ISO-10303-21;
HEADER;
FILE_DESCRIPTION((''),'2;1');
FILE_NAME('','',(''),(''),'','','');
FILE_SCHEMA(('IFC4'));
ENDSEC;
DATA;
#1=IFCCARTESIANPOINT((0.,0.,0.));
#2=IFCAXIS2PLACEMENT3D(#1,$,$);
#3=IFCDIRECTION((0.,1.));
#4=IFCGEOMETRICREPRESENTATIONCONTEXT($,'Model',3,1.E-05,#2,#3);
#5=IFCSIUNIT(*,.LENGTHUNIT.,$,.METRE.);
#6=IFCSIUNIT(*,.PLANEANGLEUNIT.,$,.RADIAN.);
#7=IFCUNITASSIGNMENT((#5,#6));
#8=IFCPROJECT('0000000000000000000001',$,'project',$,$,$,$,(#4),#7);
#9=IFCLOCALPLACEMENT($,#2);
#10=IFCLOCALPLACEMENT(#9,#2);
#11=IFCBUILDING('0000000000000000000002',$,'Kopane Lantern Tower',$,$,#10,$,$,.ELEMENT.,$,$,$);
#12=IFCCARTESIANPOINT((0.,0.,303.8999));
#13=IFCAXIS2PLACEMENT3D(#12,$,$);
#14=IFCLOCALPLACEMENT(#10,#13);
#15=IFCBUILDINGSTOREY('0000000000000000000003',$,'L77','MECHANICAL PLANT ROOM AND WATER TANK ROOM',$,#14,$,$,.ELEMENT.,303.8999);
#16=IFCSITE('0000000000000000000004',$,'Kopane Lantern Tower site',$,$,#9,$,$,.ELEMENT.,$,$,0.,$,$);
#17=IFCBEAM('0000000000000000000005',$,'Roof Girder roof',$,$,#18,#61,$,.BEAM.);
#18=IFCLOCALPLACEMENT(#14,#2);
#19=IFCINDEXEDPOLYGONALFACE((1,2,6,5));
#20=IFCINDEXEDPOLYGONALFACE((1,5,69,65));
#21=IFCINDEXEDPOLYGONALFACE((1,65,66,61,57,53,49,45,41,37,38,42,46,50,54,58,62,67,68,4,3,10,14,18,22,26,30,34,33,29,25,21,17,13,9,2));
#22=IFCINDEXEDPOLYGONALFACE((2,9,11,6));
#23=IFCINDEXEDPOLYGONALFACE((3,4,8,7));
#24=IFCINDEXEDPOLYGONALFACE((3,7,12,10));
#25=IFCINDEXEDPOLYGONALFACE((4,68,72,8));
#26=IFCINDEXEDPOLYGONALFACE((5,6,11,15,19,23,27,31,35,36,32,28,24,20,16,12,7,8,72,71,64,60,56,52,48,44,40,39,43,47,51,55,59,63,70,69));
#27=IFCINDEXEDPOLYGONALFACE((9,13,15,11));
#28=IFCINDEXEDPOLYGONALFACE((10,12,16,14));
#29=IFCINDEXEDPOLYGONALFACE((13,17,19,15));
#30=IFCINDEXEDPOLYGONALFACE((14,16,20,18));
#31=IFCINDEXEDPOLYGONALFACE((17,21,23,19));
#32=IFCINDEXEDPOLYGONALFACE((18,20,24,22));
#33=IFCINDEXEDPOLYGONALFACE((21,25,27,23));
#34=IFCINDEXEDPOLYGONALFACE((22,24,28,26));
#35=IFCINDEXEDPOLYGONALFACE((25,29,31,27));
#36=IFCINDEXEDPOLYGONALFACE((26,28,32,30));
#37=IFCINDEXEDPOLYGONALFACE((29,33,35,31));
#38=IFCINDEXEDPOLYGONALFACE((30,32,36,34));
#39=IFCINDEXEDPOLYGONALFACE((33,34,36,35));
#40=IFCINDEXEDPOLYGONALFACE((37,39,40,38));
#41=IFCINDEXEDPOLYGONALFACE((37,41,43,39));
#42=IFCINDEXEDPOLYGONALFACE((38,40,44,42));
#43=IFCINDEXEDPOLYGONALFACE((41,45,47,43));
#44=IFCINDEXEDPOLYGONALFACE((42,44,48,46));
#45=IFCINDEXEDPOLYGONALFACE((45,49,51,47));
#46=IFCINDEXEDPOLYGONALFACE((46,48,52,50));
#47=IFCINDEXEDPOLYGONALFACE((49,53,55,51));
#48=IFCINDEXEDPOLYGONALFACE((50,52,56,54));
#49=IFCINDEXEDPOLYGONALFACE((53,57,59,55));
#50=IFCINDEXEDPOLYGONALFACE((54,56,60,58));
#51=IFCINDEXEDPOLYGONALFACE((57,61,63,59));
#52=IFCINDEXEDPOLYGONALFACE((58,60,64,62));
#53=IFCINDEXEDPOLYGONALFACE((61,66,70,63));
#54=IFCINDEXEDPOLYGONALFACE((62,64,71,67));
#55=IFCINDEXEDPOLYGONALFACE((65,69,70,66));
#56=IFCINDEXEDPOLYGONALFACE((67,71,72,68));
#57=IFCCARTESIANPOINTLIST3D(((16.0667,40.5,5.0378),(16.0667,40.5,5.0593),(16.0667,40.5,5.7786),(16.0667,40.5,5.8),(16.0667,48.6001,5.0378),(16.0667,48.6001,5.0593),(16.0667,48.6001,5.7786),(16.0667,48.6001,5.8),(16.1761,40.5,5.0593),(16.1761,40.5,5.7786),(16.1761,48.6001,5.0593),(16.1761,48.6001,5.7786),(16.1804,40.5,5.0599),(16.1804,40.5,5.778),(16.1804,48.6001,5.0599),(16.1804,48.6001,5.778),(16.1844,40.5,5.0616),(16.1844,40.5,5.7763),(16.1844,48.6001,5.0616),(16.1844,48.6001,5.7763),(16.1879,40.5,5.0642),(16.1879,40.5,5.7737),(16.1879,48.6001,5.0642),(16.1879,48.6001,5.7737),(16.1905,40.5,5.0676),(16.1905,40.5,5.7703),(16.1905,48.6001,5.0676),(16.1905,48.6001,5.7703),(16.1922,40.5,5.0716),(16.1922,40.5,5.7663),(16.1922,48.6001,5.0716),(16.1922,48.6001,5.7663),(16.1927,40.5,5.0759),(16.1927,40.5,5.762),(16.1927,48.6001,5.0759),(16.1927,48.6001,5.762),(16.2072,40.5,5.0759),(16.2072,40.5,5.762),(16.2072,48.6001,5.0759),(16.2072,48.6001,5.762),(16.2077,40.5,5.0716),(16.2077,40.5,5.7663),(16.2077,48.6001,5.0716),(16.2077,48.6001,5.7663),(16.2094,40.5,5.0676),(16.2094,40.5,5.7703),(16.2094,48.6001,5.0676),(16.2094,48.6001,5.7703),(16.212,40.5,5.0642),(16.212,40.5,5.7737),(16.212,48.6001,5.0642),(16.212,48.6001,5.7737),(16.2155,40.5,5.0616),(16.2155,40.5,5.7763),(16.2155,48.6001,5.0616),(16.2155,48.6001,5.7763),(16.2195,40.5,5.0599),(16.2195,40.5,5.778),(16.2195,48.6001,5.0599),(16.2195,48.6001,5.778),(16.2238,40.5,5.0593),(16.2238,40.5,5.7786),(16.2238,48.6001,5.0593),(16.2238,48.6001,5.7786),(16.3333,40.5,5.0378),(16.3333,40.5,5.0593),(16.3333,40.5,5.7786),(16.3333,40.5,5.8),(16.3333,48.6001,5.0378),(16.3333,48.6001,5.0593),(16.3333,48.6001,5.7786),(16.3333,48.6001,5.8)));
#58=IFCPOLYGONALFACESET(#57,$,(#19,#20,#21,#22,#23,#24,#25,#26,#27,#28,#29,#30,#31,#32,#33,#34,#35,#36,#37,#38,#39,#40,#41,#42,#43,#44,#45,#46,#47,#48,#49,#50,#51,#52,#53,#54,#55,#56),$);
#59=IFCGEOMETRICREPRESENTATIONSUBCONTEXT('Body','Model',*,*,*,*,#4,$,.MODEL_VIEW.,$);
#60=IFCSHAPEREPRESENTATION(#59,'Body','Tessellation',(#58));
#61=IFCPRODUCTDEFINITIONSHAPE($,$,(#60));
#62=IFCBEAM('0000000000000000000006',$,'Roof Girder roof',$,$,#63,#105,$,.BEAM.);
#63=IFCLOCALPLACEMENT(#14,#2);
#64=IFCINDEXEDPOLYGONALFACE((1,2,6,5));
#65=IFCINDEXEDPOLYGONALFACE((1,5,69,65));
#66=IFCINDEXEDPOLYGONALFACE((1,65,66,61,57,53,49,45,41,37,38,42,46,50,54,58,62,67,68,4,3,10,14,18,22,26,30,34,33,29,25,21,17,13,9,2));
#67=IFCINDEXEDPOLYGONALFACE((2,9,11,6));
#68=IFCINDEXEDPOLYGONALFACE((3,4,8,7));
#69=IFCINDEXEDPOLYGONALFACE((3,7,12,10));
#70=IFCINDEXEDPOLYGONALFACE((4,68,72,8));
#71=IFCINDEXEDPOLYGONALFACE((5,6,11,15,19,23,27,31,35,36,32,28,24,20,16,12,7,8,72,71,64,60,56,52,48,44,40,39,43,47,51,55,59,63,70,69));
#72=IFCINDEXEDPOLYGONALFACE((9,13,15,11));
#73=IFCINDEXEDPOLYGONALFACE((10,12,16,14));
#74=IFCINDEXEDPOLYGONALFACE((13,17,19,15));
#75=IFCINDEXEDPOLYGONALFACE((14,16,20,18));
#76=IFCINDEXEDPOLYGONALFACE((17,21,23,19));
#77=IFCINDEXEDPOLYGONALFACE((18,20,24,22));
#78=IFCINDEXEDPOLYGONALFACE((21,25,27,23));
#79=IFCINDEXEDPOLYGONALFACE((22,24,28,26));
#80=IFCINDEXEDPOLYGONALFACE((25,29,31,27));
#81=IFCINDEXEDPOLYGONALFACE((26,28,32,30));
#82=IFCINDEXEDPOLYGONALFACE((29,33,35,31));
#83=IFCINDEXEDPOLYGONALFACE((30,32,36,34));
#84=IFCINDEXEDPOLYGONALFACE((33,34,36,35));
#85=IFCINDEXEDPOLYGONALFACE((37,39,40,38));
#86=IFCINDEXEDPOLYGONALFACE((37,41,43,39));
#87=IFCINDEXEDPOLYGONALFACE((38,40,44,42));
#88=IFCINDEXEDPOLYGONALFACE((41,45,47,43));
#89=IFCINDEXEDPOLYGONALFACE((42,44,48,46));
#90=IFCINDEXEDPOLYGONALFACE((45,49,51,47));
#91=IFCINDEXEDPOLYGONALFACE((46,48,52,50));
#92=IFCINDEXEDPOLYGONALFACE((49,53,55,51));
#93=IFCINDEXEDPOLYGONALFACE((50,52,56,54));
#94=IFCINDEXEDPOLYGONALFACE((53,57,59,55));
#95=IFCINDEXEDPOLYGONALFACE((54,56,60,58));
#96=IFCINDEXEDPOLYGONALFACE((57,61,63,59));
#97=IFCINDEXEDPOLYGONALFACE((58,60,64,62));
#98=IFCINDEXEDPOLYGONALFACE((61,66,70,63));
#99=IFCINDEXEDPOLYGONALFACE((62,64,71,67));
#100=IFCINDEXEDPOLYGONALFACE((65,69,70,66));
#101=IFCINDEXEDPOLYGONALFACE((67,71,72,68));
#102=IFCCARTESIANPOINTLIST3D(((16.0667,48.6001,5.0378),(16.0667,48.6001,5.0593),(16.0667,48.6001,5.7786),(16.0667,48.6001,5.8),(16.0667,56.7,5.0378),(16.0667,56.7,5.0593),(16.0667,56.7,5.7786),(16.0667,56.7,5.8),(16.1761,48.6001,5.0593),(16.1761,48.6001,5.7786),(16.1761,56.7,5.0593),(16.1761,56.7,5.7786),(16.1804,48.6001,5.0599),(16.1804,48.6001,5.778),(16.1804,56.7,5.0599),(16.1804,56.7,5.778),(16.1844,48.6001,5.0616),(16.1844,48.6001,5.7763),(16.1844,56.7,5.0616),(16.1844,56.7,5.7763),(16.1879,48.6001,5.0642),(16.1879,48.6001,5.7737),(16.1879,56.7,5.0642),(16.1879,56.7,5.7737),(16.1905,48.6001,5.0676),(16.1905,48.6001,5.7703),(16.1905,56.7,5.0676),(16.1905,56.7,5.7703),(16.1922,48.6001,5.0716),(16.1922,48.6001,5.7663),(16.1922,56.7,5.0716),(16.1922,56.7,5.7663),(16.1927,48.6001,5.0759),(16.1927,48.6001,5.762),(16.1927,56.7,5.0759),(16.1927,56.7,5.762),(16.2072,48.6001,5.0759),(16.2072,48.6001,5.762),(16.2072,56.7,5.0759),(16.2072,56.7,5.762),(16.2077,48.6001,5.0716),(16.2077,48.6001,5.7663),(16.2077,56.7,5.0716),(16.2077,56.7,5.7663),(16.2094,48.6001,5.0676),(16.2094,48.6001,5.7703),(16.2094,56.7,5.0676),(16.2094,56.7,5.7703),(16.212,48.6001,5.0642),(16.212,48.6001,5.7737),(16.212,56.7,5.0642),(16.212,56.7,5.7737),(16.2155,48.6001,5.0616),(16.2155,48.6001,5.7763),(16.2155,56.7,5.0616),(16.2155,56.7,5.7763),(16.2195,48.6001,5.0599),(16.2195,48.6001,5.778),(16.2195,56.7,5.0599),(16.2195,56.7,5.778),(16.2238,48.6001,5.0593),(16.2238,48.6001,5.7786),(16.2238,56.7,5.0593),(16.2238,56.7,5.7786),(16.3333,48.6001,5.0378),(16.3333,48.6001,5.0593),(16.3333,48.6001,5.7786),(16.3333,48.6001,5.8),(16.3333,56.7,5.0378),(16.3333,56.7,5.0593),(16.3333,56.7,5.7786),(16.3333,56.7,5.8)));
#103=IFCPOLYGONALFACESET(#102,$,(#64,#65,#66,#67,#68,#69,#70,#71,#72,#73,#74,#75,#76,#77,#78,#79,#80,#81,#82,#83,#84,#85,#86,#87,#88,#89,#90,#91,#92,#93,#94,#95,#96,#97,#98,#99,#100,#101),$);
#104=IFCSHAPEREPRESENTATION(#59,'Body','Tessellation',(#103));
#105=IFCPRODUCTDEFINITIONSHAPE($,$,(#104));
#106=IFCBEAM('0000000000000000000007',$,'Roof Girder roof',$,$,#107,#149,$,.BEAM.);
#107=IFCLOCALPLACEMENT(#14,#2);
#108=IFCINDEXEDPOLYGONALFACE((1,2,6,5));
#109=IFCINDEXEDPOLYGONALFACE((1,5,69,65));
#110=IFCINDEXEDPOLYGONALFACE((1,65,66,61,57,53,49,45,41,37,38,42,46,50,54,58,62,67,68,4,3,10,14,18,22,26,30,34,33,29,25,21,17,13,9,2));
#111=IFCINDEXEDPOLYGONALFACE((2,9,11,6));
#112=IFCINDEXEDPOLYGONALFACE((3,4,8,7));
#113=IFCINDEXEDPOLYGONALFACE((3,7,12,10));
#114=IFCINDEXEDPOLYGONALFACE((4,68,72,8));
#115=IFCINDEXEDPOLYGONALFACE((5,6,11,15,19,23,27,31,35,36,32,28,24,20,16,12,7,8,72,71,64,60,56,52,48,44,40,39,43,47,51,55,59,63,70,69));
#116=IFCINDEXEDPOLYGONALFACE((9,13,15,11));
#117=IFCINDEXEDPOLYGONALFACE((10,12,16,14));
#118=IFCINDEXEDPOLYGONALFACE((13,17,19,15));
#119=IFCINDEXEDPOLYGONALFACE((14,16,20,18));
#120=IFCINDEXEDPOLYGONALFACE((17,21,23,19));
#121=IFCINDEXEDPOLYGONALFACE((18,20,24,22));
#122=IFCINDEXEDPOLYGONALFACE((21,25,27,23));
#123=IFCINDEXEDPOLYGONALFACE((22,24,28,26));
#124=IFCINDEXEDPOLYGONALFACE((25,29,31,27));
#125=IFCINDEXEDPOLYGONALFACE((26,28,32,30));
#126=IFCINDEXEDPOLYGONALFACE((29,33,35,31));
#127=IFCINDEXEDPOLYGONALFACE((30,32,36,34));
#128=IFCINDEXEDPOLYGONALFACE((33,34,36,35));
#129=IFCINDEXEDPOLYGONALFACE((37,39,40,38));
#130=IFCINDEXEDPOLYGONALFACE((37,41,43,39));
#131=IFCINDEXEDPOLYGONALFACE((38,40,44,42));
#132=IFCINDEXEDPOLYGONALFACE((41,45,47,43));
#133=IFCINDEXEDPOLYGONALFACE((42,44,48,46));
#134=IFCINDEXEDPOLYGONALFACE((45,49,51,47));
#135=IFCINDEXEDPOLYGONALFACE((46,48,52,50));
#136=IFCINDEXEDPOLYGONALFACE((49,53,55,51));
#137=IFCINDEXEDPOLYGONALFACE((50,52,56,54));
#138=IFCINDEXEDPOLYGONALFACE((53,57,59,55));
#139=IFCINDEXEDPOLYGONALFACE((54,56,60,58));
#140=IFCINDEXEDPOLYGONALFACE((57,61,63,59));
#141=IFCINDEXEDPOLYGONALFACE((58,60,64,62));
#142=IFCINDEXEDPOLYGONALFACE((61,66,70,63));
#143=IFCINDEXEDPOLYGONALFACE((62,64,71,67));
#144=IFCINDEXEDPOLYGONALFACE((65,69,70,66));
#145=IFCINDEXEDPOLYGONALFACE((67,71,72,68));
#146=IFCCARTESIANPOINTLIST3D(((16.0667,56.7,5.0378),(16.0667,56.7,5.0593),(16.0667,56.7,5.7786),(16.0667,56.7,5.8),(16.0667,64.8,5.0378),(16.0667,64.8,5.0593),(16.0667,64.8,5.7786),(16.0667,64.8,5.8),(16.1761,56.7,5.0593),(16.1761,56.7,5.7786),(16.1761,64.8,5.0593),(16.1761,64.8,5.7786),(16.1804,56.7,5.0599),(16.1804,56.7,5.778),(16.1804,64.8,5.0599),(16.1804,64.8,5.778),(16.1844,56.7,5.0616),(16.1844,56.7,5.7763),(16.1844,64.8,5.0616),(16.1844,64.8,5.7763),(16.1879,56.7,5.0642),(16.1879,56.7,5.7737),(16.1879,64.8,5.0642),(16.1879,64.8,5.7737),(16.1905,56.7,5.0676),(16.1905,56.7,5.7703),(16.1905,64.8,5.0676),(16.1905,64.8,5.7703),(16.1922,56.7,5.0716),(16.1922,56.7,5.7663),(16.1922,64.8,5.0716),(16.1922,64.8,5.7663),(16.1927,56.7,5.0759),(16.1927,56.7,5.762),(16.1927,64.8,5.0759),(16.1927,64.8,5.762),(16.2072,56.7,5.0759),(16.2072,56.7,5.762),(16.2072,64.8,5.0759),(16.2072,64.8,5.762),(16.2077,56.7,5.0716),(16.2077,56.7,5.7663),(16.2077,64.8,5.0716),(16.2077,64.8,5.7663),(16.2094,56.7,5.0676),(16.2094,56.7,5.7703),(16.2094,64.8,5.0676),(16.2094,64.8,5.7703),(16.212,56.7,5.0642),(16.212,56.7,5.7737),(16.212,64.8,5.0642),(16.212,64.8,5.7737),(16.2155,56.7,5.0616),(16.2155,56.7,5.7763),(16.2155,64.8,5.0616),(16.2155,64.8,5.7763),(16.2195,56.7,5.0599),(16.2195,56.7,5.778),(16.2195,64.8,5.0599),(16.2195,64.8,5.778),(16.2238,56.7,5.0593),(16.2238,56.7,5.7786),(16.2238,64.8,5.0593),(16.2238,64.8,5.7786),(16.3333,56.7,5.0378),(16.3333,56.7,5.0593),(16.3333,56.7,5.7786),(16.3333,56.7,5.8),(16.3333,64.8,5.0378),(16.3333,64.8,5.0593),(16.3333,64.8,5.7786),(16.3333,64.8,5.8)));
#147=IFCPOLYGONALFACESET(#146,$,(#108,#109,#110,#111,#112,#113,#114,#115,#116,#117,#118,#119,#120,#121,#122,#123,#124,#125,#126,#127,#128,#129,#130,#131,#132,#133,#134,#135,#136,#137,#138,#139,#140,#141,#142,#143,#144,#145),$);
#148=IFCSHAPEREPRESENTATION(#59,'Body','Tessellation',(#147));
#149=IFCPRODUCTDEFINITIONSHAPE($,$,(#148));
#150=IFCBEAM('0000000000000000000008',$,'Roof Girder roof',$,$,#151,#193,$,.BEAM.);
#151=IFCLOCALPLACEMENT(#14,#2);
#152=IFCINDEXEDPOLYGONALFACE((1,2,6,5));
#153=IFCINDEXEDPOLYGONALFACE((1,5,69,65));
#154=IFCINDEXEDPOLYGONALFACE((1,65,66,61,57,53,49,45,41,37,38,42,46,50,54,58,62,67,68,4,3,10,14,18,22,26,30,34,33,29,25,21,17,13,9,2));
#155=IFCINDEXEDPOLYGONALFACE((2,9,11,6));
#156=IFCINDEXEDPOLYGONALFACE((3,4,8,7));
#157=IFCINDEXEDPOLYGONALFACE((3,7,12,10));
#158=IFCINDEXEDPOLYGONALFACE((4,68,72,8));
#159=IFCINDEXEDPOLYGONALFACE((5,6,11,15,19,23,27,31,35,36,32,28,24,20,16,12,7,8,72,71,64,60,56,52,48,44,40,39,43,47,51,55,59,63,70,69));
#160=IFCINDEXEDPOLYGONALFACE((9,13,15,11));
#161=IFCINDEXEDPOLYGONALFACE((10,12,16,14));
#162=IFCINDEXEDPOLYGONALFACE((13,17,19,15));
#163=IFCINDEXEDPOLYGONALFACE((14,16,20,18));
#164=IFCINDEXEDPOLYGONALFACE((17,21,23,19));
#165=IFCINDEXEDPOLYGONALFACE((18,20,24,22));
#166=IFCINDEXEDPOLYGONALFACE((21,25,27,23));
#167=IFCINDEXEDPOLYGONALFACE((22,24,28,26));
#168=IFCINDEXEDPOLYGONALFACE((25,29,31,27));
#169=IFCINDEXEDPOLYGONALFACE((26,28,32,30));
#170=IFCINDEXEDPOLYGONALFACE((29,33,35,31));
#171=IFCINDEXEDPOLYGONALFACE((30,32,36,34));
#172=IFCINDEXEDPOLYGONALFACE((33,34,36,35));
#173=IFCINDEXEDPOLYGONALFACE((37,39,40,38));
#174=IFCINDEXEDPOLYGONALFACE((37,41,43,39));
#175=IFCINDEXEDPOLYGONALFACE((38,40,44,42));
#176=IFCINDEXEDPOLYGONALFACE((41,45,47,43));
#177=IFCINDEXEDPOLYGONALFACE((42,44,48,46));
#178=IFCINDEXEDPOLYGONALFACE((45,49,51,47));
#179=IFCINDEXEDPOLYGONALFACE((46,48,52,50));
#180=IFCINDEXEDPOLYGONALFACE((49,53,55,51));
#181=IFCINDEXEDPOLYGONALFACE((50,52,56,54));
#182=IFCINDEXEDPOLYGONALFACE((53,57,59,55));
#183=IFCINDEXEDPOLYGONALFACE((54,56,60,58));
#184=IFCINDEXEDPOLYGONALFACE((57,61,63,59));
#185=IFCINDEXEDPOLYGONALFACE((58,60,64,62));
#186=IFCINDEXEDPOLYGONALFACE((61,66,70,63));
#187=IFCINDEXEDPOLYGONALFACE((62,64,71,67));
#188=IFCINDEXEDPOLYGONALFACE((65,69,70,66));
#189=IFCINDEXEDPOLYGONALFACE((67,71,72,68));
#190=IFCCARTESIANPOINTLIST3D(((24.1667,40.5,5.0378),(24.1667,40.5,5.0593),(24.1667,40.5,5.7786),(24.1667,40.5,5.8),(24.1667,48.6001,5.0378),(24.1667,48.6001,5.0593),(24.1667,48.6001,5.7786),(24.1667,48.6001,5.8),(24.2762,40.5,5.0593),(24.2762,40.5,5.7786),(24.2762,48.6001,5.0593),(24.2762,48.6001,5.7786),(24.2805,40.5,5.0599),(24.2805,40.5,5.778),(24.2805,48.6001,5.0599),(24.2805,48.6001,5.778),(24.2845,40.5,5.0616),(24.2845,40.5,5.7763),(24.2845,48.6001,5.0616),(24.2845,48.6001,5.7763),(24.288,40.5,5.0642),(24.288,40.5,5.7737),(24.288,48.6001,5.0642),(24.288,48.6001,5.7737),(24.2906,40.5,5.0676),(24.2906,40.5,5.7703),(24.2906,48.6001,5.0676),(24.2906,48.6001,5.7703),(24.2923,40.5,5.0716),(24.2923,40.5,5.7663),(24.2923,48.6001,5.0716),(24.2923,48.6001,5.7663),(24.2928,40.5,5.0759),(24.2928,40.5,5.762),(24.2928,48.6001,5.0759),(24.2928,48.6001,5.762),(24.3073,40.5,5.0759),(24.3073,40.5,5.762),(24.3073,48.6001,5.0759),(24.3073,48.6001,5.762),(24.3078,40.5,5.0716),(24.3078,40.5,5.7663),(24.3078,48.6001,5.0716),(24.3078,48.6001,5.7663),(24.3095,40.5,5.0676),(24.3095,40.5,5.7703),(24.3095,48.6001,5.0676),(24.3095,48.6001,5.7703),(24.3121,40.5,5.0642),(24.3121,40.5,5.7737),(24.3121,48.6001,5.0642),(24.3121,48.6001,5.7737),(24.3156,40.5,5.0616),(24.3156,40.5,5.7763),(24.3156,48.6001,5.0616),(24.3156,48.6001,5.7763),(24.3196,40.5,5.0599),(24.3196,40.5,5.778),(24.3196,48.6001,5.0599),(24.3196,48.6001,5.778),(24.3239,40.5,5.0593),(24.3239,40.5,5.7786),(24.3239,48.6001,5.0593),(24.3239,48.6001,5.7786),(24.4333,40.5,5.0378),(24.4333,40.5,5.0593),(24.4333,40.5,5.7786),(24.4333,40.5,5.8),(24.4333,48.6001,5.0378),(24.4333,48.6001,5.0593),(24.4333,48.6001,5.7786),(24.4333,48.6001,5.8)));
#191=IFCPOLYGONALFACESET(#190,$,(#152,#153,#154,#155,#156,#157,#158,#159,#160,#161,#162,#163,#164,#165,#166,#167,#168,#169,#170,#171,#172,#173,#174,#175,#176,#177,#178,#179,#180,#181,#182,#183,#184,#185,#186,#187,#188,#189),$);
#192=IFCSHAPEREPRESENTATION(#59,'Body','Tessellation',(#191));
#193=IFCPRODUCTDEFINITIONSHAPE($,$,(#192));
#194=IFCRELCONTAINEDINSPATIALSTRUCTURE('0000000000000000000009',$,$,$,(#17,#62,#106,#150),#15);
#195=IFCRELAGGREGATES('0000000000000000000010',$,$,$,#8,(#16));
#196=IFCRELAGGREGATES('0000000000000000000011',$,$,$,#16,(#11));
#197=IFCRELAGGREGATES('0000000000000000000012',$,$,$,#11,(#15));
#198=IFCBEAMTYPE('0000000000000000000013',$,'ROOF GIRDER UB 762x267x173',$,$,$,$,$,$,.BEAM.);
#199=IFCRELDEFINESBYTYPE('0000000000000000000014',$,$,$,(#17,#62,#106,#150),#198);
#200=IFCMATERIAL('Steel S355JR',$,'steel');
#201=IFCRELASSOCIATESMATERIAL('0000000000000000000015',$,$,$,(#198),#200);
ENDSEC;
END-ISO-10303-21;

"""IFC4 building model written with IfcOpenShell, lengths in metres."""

from ifc_helpers import new_model, si_unit, direction, frame, origin, origin_2d, place, context, subcontext, project, spatial, i_section, extrude, material, material_profile, profile_set, type_object, element, save


model = new_model("IFC4")

# Units and contexts
model_context = context("Model", 3, precision=1e-05, world=origin(), true_north=direction((0.0, 1.0)))
body_context = subcontext(model_context, "Body", "Model", "MODEL_VIEW")
ifc_project = project(units=[si_unit("LENGTHUNIT", "METRE"), si_unit("PLANEANGLEUNIT", "RADIAN")], contexts=[model_context])

# Site, building, storey
site_placement = place(None, origin())
site = spatial("IfcSite", under=ifc_project, at=site_placement, Name="Kopane Lantern Tower site", CompositionType="ELEMENT", RefElevation=0.0)
building_placement = place(site_placement, origin())
building = spatial("IfcBuilding", under=site, at=building_placement, Name="Kopane Lantern Tower", CompositionType="ELEMENT")
storey_placement = place(building_placement, frame((0.0, 0.0, 303.8999)))
storey = spatial("IfcBuildingStorey", under=building, at=storey_placement, Name="L77", Description="MECHANICAL PLANT ROOM AND WATER TANK ROOM", CompositionType="ELEMENT", Elevation=303.8999)

# Beams
ifc_material_1 = material(Name="Steel S355JR", Category="steel")
ifc_material_profile_1 = material_profile(ifc_material_1, i_section(OverallWidth=0.2666, OverallDepth=0.7622, WebThickness=0.0144, FlangeThickness=0.0215, FilletRadius=0.0166, at=origin_2d()), Name="UB 762x267x173")
ifc_profile_set_1 = profile_set([ifc_material_profile_1], Name="Steel S355JR")
beam_type_1 = type_object("IfcBeamType", Name="ROOF GIRDER UB 762x267x173", PredefinedType="BEAM", material=ifc_profile_set_1)
beam_1_placement = place(storey_placement, frame((16.2, 40.5, 5.4189), z_axis=(0.0, 1.0, 0.0), x_axis=(-1.0, 0.0, 0.0)))
element("IfcBeam", 1, at=beam_1_placement, inside=storey, type_object=beam_type_1, Name="Roof Girder roof", PredefinedType="BEAM", context=body_context, shape_type="SweptSolid", body=[
    extrude(i_section(OverallWidth=0.2666, OverallDepth=0.7622, WebThickness=0.0144, FlangeThickness=0.0215, FilletRadius=0.0166, at=origin_2d()), origin(), (0.0, 0.0, 1.0), 8.1001),
])
beam_2_placement = place(storey_placement, frame((16.2, 48.6001, 5.4189), z_axis=(0.0, 1.0, 0.0), x_axis=(-1.0, 0.0, 0.0)))
element("IfcBeam", 2, at=beam_2_placement, inside=storey, type_object=beam_type_1, Name="Roof Girder roof", PredefinedType="BEAM", context=body_context, shape_type="SweptSolid", body=[
    extrude(i_section(OverallWidth=0.2666, OverallDepth=0.7622, WebThickness=0.0144, FlangeThickness=0.0215, FilletRadius=0.0166, at=origin_2d()), origin(), (0.0, 0.0, 1.0), 8.0999),
])
for number, where, z_axis, x_axis, name in (
    (3, (16.2, 56.7, 5.4189), (0.0, 1.0, 0.0), (-1.0, 0.0, 0.0), "Roof Girder roof"),
    (4, (24.3, 40.5, 5.4189), (0.0, 1.0, 0.0), (-1.0, 0.0, 0.0), "Roof Girder roof"),
):
    element("IfcBeam", number, at=place(storey_placement, frame(where, z_axis=z_axis, x_axis=x_axis)), inside=storey, type_object=beam_type_1, Name=name, PredefinedType="BEAM", context=body_context, shape_type="SweptSolid", body=[
        extrude(i_section(OverallWidth=0.2666, OverallDepth=0.7622, WebThickness=0.0144, FlangeThickness=0.0215, FilletRadius=0.0166, at=origin_2d()), origin(), (0.0, 0.0, 1.0), 8.1001),
    ])

save(model, "model.ifc")
